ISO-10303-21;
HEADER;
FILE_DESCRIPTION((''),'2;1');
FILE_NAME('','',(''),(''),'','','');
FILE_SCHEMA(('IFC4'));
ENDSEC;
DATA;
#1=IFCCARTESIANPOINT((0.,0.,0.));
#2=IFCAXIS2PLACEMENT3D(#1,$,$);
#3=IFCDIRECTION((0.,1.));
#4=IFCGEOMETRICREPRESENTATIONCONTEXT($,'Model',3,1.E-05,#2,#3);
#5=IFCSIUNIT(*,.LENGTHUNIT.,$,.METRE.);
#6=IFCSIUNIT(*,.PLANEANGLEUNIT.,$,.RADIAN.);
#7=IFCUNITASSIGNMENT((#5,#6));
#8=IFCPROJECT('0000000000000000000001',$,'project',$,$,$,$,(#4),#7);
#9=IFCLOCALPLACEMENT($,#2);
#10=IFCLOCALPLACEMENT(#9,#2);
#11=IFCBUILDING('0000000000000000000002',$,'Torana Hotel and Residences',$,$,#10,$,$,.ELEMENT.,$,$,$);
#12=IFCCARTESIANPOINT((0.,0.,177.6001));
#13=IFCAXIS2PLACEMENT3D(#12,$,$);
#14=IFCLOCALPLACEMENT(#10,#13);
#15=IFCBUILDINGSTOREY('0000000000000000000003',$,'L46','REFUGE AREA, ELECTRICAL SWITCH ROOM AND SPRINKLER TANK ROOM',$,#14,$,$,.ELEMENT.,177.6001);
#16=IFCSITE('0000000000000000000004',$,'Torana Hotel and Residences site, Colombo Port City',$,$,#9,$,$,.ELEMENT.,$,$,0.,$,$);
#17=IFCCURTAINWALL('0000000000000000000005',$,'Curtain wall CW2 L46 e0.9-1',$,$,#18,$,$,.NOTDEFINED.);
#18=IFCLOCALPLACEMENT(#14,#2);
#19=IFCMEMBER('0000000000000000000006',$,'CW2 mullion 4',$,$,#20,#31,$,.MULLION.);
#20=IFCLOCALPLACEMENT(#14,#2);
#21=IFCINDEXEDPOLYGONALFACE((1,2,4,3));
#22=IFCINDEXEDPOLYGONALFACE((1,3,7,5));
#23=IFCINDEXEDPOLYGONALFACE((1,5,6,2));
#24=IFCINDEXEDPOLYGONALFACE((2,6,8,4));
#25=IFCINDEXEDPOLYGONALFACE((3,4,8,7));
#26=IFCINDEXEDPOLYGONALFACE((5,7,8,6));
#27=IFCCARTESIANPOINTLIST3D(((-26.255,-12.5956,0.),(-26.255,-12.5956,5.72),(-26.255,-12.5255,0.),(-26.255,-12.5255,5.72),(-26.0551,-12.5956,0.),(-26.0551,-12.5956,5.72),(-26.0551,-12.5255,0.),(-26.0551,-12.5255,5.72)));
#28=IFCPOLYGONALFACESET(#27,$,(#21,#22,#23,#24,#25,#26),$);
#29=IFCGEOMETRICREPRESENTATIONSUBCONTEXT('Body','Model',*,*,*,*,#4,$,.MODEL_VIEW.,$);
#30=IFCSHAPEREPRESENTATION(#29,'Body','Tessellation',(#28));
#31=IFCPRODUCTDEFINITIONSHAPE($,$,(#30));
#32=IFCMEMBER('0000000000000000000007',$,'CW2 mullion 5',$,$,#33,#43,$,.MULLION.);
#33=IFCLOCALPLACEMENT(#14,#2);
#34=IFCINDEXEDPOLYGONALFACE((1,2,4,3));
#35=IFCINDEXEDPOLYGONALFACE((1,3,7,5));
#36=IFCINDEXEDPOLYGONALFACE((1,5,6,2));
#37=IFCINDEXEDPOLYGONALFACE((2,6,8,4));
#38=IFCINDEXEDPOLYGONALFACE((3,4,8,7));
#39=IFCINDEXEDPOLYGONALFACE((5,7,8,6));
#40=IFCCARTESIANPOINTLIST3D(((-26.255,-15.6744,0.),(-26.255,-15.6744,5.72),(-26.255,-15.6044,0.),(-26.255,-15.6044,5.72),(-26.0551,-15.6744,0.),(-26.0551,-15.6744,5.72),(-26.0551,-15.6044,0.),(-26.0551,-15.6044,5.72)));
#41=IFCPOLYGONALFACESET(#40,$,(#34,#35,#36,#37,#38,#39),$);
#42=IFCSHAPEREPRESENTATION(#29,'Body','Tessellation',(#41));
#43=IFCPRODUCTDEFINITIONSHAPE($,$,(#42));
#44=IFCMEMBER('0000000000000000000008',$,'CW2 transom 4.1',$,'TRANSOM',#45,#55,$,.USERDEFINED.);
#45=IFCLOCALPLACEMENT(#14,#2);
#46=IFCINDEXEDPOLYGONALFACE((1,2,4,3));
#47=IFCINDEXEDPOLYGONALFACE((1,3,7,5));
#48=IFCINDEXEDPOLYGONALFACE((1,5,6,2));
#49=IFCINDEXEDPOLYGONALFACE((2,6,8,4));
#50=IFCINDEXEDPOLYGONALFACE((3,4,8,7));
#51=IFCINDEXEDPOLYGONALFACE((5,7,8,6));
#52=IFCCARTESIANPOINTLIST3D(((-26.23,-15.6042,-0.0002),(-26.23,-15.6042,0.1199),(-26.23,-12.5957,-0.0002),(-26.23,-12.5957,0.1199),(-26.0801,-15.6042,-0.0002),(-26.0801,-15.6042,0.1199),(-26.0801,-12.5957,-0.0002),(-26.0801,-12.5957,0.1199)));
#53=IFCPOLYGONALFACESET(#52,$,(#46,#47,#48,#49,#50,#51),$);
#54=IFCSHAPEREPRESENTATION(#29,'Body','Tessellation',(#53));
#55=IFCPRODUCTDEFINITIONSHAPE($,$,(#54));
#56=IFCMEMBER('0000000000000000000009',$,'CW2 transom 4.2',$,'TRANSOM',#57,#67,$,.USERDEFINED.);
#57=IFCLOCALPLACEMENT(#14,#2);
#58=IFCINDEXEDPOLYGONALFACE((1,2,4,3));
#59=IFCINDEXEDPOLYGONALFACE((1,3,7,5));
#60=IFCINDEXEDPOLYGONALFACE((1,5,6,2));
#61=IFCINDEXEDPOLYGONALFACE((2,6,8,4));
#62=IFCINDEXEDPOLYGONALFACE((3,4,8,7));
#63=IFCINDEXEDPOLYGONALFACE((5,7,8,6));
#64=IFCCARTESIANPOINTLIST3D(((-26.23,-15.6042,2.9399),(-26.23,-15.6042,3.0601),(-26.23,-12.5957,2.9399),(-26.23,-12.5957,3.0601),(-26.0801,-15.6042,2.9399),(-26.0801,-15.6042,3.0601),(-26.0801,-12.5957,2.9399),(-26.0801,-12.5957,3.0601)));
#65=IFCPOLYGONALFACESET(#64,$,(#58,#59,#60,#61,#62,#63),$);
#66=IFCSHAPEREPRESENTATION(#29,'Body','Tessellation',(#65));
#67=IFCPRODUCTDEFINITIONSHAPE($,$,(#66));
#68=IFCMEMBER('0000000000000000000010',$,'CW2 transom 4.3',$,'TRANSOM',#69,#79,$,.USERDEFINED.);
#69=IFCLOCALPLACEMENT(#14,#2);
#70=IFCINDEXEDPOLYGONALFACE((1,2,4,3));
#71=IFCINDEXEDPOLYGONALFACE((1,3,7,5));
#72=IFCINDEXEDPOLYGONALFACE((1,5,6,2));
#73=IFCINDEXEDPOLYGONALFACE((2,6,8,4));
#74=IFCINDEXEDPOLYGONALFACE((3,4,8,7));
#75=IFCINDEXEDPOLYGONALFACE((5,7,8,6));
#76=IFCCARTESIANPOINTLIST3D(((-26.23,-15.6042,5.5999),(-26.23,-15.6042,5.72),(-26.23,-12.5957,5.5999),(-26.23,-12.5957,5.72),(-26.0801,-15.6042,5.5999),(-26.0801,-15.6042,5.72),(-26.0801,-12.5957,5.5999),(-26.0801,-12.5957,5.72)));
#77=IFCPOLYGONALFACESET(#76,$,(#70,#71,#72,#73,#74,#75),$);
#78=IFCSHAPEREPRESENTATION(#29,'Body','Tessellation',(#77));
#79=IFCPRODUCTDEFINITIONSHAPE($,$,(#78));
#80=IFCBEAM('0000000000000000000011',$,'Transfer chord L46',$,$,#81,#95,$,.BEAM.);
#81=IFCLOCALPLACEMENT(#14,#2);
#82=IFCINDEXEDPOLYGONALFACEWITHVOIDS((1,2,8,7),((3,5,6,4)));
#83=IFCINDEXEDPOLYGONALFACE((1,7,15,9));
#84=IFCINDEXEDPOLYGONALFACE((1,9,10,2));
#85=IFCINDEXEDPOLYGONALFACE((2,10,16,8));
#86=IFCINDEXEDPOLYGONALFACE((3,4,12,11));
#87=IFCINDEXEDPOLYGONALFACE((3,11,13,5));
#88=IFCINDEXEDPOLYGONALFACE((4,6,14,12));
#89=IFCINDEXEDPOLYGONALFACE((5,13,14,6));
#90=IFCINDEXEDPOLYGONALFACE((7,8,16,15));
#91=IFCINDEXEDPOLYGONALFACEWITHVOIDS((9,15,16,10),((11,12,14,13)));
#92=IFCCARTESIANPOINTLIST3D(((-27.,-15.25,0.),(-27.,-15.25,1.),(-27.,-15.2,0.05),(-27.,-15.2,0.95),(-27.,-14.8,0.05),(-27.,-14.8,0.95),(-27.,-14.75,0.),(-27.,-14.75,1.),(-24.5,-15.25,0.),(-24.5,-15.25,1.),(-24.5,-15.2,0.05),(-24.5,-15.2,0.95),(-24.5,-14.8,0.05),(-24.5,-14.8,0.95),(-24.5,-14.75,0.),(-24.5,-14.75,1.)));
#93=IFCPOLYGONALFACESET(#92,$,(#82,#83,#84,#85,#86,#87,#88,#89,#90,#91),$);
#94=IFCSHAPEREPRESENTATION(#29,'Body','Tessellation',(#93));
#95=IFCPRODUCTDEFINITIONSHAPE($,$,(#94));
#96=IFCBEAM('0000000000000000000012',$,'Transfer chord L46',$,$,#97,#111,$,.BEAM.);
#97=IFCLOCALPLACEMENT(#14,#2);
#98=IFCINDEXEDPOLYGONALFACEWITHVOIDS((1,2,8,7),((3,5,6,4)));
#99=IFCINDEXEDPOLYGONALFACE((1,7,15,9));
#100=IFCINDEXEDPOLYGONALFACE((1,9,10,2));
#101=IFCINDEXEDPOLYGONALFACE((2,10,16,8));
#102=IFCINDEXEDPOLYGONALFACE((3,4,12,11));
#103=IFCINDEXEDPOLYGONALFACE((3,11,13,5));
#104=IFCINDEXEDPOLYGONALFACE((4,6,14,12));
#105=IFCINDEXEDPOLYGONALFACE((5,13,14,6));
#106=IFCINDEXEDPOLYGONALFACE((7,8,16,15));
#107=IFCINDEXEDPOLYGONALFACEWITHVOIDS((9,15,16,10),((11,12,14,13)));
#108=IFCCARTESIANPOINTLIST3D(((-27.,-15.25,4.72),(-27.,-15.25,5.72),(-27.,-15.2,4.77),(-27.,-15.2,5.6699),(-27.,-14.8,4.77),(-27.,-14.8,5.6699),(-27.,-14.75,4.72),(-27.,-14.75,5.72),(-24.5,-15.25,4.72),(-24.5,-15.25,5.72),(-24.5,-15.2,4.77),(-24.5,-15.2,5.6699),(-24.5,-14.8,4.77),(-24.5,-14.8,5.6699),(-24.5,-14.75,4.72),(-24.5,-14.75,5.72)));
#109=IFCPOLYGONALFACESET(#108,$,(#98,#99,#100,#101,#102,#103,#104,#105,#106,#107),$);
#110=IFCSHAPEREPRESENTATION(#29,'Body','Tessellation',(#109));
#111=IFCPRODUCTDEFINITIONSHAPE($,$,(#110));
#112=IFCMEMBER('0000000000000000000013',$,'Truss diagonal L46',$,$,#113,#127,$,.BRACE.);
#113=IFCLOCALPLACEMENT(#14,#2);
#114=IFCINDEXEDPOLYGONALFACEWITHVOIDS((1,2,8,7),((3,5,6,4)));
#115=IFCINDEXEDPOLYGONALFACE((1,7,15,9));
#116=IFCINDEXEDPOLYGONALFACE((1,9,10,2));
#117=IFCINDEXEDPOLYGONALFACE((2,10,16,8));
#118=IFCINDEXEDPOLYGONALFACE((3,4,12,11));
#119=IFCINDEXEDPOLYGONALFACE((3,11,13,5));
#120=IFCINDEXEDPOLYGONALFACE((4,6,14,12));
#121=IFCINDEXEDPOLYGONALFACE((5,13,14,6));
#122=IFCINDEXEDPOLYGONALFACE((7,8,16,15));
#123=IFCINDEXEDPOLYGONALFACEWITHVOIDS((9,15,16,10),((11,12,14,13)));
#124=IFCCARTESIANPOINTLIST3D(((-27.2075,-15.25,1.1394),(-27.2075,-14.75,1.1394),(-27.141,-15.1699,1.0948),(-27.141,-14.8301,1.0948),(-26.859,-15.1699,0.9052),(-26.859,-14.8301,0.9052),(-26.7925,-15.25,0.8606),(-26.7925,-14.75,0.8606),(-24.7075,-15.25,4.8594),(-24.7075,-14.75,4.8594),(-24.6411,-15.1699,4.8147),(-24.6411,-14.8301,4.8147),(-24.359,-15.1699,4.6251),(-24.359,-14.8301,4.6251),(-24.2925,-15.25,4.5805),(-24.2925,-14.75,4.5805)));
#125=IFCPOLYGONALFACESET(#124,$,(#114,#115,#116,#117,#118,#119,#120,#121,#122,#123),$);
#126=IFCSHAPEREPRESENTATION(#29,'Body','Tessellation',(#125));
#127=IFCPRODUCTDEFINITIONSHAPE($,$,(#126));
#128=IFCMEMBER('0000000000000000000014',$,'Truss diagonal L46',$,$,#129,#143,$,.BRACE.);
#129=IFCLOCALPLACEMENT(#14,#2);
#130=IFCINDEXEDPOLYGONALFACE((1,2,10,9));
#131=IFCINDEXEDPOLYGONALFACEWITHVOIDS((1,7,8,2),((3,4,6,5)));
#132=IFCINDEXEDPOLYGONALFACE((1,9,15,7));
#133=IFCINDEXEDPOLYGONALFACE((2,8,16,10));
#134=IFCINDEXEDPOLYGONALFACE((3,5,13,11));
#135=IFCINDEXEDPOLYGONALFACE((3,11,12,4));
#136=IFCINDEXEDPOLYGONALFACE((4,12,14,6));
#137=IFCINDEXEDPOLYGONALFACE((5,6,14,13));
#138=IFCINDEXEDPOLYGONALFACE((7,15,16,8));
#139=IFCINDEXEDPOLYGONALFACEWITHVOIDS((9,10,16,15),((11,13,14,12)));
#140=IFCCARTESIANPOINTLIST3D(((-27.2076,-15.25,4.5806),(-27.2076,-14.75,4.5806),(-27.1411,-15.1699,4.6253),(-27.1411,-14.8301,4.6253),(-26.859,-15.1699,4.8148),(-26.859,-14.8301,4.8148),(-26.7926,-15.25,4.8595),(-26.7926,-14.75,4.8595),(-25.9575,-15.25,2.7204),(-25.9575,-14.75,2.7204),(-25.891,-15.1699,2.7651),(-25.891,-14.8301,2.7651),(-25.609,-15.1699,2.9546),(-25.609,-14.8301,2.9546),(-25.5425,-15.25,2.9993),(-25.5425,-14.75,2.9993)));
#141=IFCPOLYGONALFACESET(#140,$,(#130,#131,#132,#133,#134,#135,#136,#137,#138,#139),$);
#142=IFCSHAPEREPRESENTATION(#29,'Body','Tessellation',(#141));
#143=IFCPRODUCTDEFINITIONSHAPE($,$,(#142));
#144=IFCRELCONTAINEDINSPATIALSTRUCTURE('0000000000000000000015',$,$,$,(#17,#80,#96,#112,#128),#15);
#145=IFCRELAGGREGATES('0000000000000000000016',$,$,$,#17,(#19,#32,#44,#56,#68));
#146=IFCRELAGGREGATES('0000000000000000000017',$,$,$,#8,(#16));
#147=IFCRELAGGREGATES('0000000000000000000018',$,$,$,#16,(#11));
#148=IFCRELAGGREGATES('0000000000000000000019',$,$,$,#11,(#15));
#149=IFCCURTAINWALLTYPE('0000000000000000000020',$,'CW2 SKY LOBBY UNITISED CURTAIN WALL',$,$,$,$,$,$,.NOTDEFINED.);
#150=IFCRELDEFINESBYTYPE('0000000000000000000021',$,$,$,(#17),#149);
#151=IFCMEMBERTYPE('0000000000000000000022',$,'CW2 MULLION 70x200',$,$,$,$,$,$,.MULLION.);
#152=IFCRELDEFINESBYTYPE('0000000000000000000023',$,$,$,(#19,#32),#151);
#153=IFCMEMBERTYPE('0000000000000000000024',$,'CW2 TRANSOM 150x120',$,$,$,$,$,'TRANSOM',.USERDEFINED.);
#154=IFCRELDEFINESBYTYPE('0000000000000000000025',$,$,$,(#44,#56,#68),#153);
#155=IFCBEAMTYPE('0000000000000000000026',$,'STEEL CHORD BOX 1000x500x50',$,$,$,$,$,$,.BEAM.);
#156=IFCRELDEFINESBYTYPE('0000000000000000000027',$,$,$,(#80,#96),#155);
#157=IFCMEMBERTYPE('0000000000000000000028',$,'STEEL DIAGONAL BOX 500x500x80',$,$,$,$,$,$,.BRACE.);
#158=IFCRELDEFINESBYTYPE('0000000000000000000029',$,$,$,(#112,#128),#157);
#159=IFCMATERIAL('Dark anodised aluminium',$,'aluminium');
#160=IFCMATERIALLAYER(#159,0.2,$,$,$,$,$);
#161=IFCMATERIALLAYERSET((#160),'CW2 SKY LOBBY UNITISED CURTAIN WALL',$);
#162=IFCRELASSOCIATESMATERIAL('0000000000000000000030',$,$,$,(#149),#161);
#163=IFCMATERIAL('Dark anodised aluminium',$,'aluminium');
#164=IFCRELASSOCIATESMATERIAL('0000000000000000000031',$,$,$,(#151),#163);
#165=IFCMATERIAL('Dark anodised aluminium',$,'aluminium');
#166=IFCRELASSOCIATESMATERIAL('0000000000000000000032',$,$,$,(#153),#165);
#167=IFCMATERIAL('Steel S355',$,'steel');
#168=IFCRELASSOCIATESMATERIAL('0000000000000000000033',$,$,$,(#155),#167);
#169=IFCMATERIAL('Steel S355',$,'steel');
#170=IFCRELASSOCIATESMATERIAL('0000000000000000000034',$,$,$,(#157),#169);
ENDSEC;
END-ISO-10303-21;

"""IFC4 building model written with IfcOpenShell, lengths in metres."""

from ifc_helpers import new_model, si_unit, direction, frame, origin, origin_2d, place, context, subcontext, project, spatial, rectangle, hollow_rectangle, extrude, material, layer, layer_set, material_profile, profile_set, type_object, element, aggregate, save


model = new_model("IFC4")

# Units and contexts
model_context = context("Model", 3, precision=1e-05, world=origin(), true_north=direction((0.0, 1.0)))
body_context = subcontext(model_context, "Body", "Model", "MODEL_VIEW")
ifc_project = project(units=[si_unit("LENGTHUNIT", "METRE"), si_unit("PLANEANGLEUNIT", "RADIAN")], contexts=[model_context])

# Site, building, storey
site_placement = place(None, origin())
site = spatial("IfcSite", under=ifc_project, at=site_placement, Name="Torana Hotel and Residences site, Colombo Port City", CompositionType="ELEMENT", RefElevation=0.0)
building_placement = place(site_placement, origin())
building = spatial("IfcBuilding", under=site, at=building_placement, Name="Torana Hotel and Residences", CompositionType="ELEMENT")
storey_placement = place(building_placement, frame((0.0, 0.0, 177.6001)))
storey = spatial("IfcBuildingStorey", under=building, at=storey_placement, Name="L46", Description="REFUGE AREA, ELECTRICAL SWITCH ROOM AND SPRINKLER TANK ROOM", CompositionType="ELEMENT", Elevation=177.6001)

# Curtain wall, members
ifc_material_1 = material(Name="Dark anodised aluminium", Category="aluminium")
ifc_layer_1 = layer(ifc_material_1, 0.2)
ifc_layer_set_1 = layer_set([ifc_layer_1], Name="CW2 SKY LOBBY UNITISED CURTAIN WALL")
curtain_wall_type = type_object("IfcCurtainWallType", Name="CW2 SKY LOBBY UNITISED CURTAIN WALL", PredefinedType="NOTDEFINED", material=ifc_layer_set_1)
curtain_wall_placement = place(storey_placement, origin())
curtain_wall = element("IfcCurtainWall", 1, at=curtain_wall_placement, inside=storey, type_object=curtain_wall_type, Name="Curtain wall CW2 L46 e0.9-1", PredefinedType="NOTDEFINED")
ifc_material_2 = material(Name="Dark anodised aluminium", Category="aluminium")
ifc_material_profile_1 = material_profile(ifc_material_2, rectangle(XDim=0.2, YDim=0.0701, at=origin_2d()), Name="CW2 MULLION 70x200")
ifc_profile_set_1 = profile_set([ifc_material_profile_1], Name="Dark anodised aluminium")
member_type_1 = type_object("IfcMemberType", Name="CW2 MULLION 70x200", PredefinedType="MULLION", material=ifc_profile_set_1)
member_1_placement = place(storey_placement, frame((-26.155, -12.5605, 0.0), z_axis=(0.0, 0.0, 1.0), x_axis=(1.0, 0.0, 0.0)))
member_1 = element("IfcMember", 2, at=member_1_placement, type_object=member_type_1, Name="CW2 mullion 4", PredefinedType="MULLION", context=body_context, shape_type="SweptSolid", body=[
    extrude(rectangle(XDim=0.2, YDim=0.0701, at=origin_2d()), origin(), (0.0, 0.0, 1.0), 5.72),
])
member_2_placement = place(storey_placement, frame((-26.155, -15.6394, 0.0), z_axis=(0.0, 0.0, 1.0), x_axis=(1.0, 0.0, 0.0)))
member_2 = element("IfcMember", 3, at=member_2_placement, type_object=member_type_1, Name="CW2 mullion 5", PredefinedType="MULLION", context=body_context, shape_type="SweptSolid", body=[
    extrude(rectangle(XDim=0.2, YDim=0.0701, at=origin_2d()), origin(), (0.0, 0.0, 1.0), 5.72),
])
ifc_material_3 = material(Name="Dark anodised aluminium", Category="aluminium")
ifc_material_profile_2 = material_profile(ifc_material_3, rectangle(XDim=0.1499, YDim=0.1201, at=origin_2d()), Name="CW2 TRANSOM 150x120")
ifc_profile_set_2 = profile_set([ifc_material_profile_2], Name="Dark anodised aluminium")
member_type_2 = type_object("IfcMemberType", Name="CW2 TRANSOM 150x120", ElementType="TRANSOM", PredefinedType="USERDEFINED", material=ifc_profile_set_2)
member_3_placement = place(storey_placement, frame((-26.155, -12.5957, 0.0598), z_axis=(0.0, -1.0, 0.0), x_axis=(1.0, 0.0, 0.0)))
member_3 = element("IfcMember", 4, at=member_3_placement, type_object=member_type_2, Name="CW2 transom 4.1", ObjectType="TRANSOM", PredefinedType="USERDEFINED", context=body_context, shape_type="SweptSolid", body=[
    extrude(rectangle(XDim=0.1499, YDim=0.1201, at=origin_2d()), origin(), (0.0, 0.0, 1.0), 3.0085),
])
member_4_placement = place(storey_placement, frame((-26.155, -12.5957, 3.0), z_axis=(0.0, -1.0, 0.0), x_axis=(1.0, 0.0, 0.0)))
member_4 = element("IfcMember", 5, at=member_4_placement, type_object=member_type_2, Name="CW2 transom 4.2", ObjectType="TRANSOM", PredefinedType="USERDEFINED", context=body_context, shape_type="SweptSolid", body=[
    extrude(rectangle(XDim=0.1499, YDim=0.1201, at=origin_2d()), origin(), (0.0, 0.0, 1.0), 3.0085),
])
member_5_placement = place(storey_placement, frame((-26.155, -12.5957, 5.6599), z_axis=(0.0, -1.0, 0.0), x_axis=(1.0, 0.0, 0.0)))
member_5 = element("IfcMember", 6, at=member_5_placement, type_object=member_type_2, Name="CW2 transom 4.3", ObjectType="TRANSOM", PredefinedType="USERDEFINED", context=body_context, shape_type="SweptSolid", body=[
    extrude(rectangle(XDim=0.1499, YDim=0.1201, at=origin_2d()), origin(), (0.0, 0.0, 1.0), 3.0085),
])

# Beams
ifc_material_4 = material(Name="Steel S355", Category="steel")
ifc_material_profile_3 = material_profile(ifc_material_4, hollow_rectangle(XDim=0.5, YDim=1.0, WallThickness=0.05, at=origin_2d()), Name="BOX 1000x500x50")
ifc_profile_set_3 = profile_set([ifc_material_profile_3], Name="Steel S355")
beam_type = type_object("IfcBeamType", Name="STEEL CHORD BOX 1000x500x50", PredefinedType="BEAM", material=ifc_profile_set_3)
for number, where, z_axis, x_axis, name in (
    (7, (-27.0, -15.0, 0.5), (1.0, 0.0, 0.0), (0.0, 1.0, 0.0), "Transfer chord L46"),
    (8, (-27.0, -15.0, 5.22), (1.0, 0.0, 0.0), (0.0, 1.0, 0.0), "Transfer chord L46"),
):
    element("IfcBeam", number, at=place(storey_placement, frame(where, z_axis=z_axis, x_axis=x_axis)), inside=storey, type_object=beam_type, Name=name, PredefinedType="BEAM", context=body_context, shape_type="SweptSolid", body=[
        extrude(hollow_rectangle(XDim=0.5, YDim=1.0, WallThickness=0.05, at=origin_2d()), origin(), (0.0, 0.0, 1.0), 2.5),
    ])

# Members
ifc_material_5 = material(Name="Steel S355", Category="steel")
ifc_material_profile_4 = material_profile(ifc_material_5, hollow_rectangle(XDim=0.5, YDim=0.5, WallThickness=0.0801, at=origin_2d()), Name="BOX 500x500x80")
ifc_profile_set_4 = profile_set([ifc_material_profile_4], Name="Steel S355")
member_type_3 = type_object("IfcMemberType", Name="STEEL DIAGONAL BOX 500x500x80", PredefinedType="BRACE", material=ifc_profile_set_4)
member_6_placement = place(storey_placement, frame((-27.0, -15.0, 1.0), z_axis=(0.557789, 0.0, 0.829983), x_axis=(0.0, 1.0, 0.0)))
element("IfcMember", 9, at=member_6_placement, inside=storey, type_object=member_type_3, Name="Truss diagonal L46", PredefinedType="BRACE", context=body_context, shape_type="SweptSolid", body=[
    extrude(hollow_rectangle(XDim=0.5, YDim=0.5, WallThickness=0.0801, at=origin_2d()), origin(), (0.0, 0.0, 1.0), 4.4819),
])
member_7_placement = place(storey_placement, frame((-25.75, -15.0, 2.8599), z_axis=(-0.557763, 0.0, 0.83), x_axis=(0.0, -1.0, 0.0)))
element("IfcMember", 10, at=member_7_placement, inside=storey, type_object=member_type_3, Name="Truss diagonal L46", PredefinedType="BRACE", context=body_context, shape_type="SweptSolid", body=[
    extrude(hollow_rectangle(XDim=0.5, YDim=0.5, WallThickness=0.0801, at=origin_2d()), origin(), (0.0, 0.0, 1.0), 2.2412),
])

aggregate(curtain_wall, [member_1, member_2, member_3, member_4, member_5])

save(model, "model.ifc")
